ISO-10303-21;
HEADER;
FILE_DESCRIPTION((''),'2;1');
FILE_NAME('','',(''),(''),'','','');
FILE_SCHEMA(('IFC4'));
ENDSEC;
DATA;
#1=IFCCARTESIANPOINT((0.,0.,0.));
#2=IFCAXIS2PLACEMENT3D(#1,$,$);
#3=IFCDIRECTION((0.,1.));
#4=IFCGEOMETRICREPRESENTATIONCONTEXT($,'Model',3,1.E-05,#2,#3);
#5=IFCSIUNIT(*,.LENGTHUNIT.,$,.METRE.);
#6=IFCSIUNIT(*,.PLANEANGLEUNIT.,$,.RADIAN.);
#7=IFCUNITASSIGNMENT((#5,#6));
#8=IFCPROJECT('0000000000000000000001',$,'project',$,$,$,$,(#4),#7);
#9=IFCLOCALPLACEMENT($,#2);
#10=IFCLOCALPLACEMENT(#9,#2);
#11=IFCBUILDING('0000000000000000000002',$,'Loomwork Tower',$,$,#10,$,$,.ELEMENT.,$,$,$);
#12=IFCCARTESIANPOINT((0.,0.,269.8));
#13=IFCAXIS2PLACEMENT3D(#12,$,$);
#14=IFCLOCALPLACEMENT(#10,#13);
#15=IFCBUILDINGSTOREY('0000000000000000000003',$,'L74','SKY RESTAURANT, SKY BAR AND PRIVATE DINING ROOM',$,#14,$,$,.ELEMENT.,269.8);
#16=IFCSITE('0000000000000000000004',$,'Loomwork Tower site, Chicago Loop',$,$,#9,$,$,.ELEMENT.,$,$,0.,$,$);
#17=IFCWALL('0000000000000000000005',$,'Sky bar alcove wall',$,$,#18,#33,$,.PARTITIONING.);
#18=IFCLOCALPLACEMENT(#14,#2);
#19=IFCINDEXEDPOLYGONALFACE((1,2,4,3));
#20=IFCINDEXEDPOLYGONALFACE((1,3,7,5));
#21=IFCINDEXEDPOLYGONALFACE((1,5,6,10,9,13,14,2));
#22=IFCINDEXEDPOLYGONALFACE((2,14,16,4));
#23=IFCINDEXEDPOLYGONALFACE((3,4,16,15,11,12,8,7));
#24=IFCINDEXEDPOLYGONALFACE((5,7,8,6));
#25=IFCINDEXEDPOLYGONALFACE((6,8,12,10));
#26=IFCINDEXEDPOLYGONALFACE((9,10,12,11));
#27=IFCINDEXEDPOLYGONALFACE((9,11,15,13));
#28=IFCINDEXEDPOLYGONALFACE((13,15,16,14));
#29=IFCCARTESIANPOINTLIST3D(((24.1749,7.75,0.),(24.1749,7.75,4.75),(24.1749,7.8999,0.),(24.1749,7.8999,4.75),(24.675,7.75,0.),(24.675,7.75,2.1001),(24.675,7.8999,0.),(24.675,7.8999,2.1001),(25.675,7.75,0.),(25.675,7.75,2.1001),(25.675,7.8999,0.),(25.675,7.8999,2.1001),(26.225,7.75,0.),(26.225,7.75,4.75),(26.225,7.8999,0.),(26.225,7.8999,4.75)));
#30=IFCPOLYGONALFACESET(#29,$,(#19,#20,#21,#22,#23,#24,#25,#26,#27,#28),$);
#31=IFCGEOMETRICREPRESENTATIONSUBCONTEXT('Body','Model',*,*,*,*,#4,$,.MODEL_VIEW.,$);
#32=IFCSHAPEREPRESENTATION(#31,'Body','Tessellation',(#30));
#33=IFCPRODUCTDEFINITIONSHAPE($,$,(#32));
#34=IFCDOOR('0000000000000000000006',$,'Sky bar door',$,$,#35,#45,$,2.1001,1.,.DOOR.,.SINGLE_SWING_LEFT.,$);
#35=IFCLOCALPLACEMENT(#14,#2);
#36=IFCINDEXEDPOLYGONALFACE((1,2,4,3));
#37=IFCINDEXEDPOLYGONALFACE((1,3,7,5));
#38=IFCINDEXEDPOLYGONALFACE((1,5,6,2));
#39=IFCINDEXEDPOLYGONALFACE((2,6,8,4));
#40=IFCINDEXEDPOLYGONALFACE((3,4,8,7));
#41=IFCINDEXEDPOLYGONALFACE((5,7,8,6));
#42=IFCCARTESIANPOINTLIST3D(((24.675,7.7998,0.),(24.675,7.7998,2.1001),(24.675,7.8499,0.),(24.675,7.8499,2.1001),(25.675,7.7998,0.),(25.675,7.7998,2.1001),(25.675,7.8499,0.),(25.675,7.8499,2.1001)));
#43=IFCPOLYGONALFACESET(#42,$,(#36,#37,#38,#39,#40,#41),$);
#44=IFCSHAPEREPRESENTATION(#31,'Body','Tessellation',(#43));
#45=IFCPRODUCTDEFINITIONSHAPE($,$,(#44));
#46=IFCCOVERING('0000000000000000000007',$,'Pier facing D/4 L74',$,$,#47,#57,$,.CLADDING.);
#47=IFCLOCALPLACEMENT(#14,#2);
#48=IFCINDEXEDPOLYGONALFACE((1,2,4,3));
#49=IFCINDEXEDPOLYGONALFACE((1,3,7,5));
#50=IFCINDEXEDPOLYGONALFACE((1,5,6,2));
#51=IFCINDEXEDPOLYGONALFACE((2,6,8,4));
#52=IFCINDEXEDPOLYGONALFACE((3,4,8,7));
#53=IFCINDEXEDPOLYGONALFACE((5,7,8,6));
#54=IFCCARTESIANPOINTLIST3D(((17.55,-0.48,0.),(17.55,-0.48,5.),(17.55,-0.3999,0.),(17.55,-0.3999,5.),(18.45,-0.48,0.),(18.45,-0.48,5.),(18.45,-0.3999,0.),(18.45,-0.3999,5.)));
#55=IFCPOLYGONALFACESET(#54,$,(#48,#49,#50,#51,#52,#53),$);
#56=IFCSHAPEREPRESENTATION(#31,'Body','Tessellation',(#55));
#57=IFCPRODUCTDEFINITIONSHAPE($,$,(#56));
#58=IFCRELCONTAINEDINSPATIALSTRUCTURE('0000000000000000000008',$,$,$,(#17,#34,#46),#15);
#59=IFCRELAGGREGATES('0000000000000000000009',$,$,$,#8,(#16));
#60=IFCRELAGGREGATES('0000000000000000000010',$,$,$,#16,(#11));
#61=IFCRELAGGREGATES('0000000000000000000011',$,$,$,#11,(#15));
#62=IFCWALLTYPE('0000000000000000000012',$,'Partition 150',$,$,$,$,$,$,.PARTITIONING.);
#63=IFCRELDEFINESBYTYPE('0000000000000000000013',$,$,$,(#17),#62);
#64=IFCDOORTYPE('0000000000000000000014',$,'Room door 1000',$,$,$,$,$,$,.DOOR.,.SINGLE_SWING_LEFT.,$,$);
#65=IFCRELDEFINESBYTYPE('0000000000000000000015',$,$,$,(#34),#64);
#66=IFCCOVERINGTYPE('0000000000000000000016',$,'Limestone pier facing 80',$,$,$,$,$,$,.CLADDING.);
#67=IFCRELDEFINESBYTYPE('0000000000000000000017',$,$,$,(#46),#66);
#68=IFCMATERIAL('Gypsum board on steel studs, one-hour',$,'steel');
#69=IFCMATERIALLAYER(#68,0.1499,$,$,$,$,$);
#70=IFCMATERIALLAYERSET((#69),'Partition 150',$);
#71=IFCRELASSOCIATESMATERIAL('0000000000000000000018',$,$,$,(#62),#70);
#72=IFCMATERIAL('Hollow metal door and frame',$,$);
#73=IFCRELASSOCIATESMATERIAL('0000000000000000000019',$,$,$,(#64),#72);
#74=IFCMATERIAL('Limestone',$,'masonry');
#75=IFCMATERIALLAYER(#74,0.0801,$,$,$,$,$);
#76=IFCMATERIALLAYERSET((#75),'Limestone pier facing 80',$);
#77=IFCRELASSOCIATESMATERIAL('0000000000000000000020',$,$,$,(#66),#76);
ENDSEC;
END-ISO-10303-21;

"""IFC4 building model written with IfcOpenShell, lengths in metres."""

from ifc_helpers import new_model, si_unit, direction, frame, frame_2d, origin, origin_2d, place, context, subcontext, project, spatial, rectangle, extrude, material, layer, layer_set, type_object, element, fill, save


model = new_model("IFC4")

# Units and contexts
model_context = context("Model", 3, precision=1e-05, world=origin(), true_north=direction((0.0, 1.0)))
body_context = subcontext(model_context, "Body", "Model", "MODEL_VIEW")
ifc_project = project(units=[si_unit("LENGTHUNIT", "METRE"), si_unit("PLANEANGLEUNIT", "RADIAN")], contexts=[model_context])

# Site, building, storey
site_placement = place(None, origin())
site = spatial("IfcSite", under=ifc_project, at=site_placement, Name="Loomwork Tower site, Chicago Loop", CompositionType="ELEMENT", RefElevation=0.0)
building_placement = place(site_placement, origin())
building = spatial("IfcBuilding", under=site, at=building_placement, Name="Loomwork Tower", CompositionType="ELEMENT")
storey_placement = place(building_placement, frame((0.0, 0.0, 269.8)))
storey = spatial("IfcBuildingStorey", under=building, at=storey_placement, Name="L74", Description="SKY RESTAURANT, SKY BAR AND PRIVATE DINING ROOM", CompositionType="ELEMENT", Elevation=269.8)

# Shared definitions
ifc_material_1 = material(Name="Gypsum board on steel studs, one-hour", Category="steel")
ifc_layer_1 = layer(ifc_material_1, 0.1499)
ifc_layer_set_1 = layer_set([ifc_layer_1], Name="Partition 150")
wall_type_1 = type_object("IfcWallType", Name="Partition 150", PredefinedType="PARTITIONING", material=ifc_layer_set_1)

# Wall, opening, door
wall_1_placement = place(storey_placement, frame((24.175, 7.825, 0.0), z_axis=(0.0, 0.0, 1.0), x_axis=(1.0, 0.0, 0.0)))
wall_1 = element("IfcWall", 1, at=wall_1_placement, inside=storey, type_object=wall_type_1, Name="Sky bar alcove wall", PredefinedType="PARTITIONING", context=body_context, shape_type="SweptSolid", body=[
    extrude(rectangle(XDim=2.05, YDim=0.1499, at=frame_2d((1.0249, 0.0))), origin(), (0.0, 0.0, 1.0), 4.75),
])
opening_1_placement = place(wall_1_placement, frame((0.5, 0.0, 0.0)))
opening_1 = element("IfcOpeningElement", 2, at=opening_1_placement, cuts=wall_1, PredefinedType="OPENING", context=body_context, shape_type="SweptSolid", body=[
    extrude(rectangle(XDim=1.0, YDim=2.1001, at=frame_2d((0.5, 1.05))), frame((0.0, 0.085, 0.0), z_axis=(0.0, -1.0, 0.0), x_axis=(1.0, 0.0, 0.0)), (0.0, 0.0, 1.0), 0.1699),
])
ifc_material_2 = material(Name="Hollow metal door and frame")
door_type_1 = type_object("IfcDoorType", Name="Room door 1000", OperationType="SINGLE_SWING_LEFT", PredefinedType="DOOR", material=ifc_material_2)
door_1_placement = place(opening_1_placement, origin())
door_1 = element("IfcDoor", 3, at=door_1_placement, inside=storey, type_object=door_type_1, Name="Sky bar door", OperationType="SINGLE_SWING_LEFT", OverallHeight=2.1001, OverallWidth=1.0, PredefinedType="DOOR", context=body_context, shape_type="SweptSolid", body=[
    extrude(rectangle(XDim=1.0, YDim=2.1001, at=frame_2d((0.5, 1.05))), frame((0.0, 0.0249, 0.0), z_axis=(0.0, -1.0, 0.0), x_axis=(1.0, 0.0, 0.0)), (0.0, 0.0, 1.0), 0.05),
])
fill(opening_1, door_1)

# Covering
ifc_material_3 = material(Name="Limestone", Category="masonry")
ifc_layer_2 = layer(ifc_material_3, 0.0801)
ifc_layer_set_2 = layer_set([ifc_layer_2], Name="Limestone pier facing 80")
covering_type = type_object("IfcCoveringType", Name="Limestone pier facing 80", PredefinedType="CLADDING", material=ifc_layer_set_2)
covering_placement = place(storey_placement, frame((18.0, -0.4399, 0.0), z_axis=(0.0, 0.0, 1.0), x_axis=(1.0, 0.0, 0.0)))
element("IfcCovering", 4, at=covering_placement, inside=storey, type_object=covering_type, Name="Pier facing D/4 L74", PredefinedType="CLADDING", context=body_context, shape_type="SweptSolid", body=[
    extrude(rectangle(XDim=0.8999, YDim=0.0801, at=origin_2d()), origin(), (0.0, 0.0, 1.0), 5.0),
])

save(model, "model.ifc")
